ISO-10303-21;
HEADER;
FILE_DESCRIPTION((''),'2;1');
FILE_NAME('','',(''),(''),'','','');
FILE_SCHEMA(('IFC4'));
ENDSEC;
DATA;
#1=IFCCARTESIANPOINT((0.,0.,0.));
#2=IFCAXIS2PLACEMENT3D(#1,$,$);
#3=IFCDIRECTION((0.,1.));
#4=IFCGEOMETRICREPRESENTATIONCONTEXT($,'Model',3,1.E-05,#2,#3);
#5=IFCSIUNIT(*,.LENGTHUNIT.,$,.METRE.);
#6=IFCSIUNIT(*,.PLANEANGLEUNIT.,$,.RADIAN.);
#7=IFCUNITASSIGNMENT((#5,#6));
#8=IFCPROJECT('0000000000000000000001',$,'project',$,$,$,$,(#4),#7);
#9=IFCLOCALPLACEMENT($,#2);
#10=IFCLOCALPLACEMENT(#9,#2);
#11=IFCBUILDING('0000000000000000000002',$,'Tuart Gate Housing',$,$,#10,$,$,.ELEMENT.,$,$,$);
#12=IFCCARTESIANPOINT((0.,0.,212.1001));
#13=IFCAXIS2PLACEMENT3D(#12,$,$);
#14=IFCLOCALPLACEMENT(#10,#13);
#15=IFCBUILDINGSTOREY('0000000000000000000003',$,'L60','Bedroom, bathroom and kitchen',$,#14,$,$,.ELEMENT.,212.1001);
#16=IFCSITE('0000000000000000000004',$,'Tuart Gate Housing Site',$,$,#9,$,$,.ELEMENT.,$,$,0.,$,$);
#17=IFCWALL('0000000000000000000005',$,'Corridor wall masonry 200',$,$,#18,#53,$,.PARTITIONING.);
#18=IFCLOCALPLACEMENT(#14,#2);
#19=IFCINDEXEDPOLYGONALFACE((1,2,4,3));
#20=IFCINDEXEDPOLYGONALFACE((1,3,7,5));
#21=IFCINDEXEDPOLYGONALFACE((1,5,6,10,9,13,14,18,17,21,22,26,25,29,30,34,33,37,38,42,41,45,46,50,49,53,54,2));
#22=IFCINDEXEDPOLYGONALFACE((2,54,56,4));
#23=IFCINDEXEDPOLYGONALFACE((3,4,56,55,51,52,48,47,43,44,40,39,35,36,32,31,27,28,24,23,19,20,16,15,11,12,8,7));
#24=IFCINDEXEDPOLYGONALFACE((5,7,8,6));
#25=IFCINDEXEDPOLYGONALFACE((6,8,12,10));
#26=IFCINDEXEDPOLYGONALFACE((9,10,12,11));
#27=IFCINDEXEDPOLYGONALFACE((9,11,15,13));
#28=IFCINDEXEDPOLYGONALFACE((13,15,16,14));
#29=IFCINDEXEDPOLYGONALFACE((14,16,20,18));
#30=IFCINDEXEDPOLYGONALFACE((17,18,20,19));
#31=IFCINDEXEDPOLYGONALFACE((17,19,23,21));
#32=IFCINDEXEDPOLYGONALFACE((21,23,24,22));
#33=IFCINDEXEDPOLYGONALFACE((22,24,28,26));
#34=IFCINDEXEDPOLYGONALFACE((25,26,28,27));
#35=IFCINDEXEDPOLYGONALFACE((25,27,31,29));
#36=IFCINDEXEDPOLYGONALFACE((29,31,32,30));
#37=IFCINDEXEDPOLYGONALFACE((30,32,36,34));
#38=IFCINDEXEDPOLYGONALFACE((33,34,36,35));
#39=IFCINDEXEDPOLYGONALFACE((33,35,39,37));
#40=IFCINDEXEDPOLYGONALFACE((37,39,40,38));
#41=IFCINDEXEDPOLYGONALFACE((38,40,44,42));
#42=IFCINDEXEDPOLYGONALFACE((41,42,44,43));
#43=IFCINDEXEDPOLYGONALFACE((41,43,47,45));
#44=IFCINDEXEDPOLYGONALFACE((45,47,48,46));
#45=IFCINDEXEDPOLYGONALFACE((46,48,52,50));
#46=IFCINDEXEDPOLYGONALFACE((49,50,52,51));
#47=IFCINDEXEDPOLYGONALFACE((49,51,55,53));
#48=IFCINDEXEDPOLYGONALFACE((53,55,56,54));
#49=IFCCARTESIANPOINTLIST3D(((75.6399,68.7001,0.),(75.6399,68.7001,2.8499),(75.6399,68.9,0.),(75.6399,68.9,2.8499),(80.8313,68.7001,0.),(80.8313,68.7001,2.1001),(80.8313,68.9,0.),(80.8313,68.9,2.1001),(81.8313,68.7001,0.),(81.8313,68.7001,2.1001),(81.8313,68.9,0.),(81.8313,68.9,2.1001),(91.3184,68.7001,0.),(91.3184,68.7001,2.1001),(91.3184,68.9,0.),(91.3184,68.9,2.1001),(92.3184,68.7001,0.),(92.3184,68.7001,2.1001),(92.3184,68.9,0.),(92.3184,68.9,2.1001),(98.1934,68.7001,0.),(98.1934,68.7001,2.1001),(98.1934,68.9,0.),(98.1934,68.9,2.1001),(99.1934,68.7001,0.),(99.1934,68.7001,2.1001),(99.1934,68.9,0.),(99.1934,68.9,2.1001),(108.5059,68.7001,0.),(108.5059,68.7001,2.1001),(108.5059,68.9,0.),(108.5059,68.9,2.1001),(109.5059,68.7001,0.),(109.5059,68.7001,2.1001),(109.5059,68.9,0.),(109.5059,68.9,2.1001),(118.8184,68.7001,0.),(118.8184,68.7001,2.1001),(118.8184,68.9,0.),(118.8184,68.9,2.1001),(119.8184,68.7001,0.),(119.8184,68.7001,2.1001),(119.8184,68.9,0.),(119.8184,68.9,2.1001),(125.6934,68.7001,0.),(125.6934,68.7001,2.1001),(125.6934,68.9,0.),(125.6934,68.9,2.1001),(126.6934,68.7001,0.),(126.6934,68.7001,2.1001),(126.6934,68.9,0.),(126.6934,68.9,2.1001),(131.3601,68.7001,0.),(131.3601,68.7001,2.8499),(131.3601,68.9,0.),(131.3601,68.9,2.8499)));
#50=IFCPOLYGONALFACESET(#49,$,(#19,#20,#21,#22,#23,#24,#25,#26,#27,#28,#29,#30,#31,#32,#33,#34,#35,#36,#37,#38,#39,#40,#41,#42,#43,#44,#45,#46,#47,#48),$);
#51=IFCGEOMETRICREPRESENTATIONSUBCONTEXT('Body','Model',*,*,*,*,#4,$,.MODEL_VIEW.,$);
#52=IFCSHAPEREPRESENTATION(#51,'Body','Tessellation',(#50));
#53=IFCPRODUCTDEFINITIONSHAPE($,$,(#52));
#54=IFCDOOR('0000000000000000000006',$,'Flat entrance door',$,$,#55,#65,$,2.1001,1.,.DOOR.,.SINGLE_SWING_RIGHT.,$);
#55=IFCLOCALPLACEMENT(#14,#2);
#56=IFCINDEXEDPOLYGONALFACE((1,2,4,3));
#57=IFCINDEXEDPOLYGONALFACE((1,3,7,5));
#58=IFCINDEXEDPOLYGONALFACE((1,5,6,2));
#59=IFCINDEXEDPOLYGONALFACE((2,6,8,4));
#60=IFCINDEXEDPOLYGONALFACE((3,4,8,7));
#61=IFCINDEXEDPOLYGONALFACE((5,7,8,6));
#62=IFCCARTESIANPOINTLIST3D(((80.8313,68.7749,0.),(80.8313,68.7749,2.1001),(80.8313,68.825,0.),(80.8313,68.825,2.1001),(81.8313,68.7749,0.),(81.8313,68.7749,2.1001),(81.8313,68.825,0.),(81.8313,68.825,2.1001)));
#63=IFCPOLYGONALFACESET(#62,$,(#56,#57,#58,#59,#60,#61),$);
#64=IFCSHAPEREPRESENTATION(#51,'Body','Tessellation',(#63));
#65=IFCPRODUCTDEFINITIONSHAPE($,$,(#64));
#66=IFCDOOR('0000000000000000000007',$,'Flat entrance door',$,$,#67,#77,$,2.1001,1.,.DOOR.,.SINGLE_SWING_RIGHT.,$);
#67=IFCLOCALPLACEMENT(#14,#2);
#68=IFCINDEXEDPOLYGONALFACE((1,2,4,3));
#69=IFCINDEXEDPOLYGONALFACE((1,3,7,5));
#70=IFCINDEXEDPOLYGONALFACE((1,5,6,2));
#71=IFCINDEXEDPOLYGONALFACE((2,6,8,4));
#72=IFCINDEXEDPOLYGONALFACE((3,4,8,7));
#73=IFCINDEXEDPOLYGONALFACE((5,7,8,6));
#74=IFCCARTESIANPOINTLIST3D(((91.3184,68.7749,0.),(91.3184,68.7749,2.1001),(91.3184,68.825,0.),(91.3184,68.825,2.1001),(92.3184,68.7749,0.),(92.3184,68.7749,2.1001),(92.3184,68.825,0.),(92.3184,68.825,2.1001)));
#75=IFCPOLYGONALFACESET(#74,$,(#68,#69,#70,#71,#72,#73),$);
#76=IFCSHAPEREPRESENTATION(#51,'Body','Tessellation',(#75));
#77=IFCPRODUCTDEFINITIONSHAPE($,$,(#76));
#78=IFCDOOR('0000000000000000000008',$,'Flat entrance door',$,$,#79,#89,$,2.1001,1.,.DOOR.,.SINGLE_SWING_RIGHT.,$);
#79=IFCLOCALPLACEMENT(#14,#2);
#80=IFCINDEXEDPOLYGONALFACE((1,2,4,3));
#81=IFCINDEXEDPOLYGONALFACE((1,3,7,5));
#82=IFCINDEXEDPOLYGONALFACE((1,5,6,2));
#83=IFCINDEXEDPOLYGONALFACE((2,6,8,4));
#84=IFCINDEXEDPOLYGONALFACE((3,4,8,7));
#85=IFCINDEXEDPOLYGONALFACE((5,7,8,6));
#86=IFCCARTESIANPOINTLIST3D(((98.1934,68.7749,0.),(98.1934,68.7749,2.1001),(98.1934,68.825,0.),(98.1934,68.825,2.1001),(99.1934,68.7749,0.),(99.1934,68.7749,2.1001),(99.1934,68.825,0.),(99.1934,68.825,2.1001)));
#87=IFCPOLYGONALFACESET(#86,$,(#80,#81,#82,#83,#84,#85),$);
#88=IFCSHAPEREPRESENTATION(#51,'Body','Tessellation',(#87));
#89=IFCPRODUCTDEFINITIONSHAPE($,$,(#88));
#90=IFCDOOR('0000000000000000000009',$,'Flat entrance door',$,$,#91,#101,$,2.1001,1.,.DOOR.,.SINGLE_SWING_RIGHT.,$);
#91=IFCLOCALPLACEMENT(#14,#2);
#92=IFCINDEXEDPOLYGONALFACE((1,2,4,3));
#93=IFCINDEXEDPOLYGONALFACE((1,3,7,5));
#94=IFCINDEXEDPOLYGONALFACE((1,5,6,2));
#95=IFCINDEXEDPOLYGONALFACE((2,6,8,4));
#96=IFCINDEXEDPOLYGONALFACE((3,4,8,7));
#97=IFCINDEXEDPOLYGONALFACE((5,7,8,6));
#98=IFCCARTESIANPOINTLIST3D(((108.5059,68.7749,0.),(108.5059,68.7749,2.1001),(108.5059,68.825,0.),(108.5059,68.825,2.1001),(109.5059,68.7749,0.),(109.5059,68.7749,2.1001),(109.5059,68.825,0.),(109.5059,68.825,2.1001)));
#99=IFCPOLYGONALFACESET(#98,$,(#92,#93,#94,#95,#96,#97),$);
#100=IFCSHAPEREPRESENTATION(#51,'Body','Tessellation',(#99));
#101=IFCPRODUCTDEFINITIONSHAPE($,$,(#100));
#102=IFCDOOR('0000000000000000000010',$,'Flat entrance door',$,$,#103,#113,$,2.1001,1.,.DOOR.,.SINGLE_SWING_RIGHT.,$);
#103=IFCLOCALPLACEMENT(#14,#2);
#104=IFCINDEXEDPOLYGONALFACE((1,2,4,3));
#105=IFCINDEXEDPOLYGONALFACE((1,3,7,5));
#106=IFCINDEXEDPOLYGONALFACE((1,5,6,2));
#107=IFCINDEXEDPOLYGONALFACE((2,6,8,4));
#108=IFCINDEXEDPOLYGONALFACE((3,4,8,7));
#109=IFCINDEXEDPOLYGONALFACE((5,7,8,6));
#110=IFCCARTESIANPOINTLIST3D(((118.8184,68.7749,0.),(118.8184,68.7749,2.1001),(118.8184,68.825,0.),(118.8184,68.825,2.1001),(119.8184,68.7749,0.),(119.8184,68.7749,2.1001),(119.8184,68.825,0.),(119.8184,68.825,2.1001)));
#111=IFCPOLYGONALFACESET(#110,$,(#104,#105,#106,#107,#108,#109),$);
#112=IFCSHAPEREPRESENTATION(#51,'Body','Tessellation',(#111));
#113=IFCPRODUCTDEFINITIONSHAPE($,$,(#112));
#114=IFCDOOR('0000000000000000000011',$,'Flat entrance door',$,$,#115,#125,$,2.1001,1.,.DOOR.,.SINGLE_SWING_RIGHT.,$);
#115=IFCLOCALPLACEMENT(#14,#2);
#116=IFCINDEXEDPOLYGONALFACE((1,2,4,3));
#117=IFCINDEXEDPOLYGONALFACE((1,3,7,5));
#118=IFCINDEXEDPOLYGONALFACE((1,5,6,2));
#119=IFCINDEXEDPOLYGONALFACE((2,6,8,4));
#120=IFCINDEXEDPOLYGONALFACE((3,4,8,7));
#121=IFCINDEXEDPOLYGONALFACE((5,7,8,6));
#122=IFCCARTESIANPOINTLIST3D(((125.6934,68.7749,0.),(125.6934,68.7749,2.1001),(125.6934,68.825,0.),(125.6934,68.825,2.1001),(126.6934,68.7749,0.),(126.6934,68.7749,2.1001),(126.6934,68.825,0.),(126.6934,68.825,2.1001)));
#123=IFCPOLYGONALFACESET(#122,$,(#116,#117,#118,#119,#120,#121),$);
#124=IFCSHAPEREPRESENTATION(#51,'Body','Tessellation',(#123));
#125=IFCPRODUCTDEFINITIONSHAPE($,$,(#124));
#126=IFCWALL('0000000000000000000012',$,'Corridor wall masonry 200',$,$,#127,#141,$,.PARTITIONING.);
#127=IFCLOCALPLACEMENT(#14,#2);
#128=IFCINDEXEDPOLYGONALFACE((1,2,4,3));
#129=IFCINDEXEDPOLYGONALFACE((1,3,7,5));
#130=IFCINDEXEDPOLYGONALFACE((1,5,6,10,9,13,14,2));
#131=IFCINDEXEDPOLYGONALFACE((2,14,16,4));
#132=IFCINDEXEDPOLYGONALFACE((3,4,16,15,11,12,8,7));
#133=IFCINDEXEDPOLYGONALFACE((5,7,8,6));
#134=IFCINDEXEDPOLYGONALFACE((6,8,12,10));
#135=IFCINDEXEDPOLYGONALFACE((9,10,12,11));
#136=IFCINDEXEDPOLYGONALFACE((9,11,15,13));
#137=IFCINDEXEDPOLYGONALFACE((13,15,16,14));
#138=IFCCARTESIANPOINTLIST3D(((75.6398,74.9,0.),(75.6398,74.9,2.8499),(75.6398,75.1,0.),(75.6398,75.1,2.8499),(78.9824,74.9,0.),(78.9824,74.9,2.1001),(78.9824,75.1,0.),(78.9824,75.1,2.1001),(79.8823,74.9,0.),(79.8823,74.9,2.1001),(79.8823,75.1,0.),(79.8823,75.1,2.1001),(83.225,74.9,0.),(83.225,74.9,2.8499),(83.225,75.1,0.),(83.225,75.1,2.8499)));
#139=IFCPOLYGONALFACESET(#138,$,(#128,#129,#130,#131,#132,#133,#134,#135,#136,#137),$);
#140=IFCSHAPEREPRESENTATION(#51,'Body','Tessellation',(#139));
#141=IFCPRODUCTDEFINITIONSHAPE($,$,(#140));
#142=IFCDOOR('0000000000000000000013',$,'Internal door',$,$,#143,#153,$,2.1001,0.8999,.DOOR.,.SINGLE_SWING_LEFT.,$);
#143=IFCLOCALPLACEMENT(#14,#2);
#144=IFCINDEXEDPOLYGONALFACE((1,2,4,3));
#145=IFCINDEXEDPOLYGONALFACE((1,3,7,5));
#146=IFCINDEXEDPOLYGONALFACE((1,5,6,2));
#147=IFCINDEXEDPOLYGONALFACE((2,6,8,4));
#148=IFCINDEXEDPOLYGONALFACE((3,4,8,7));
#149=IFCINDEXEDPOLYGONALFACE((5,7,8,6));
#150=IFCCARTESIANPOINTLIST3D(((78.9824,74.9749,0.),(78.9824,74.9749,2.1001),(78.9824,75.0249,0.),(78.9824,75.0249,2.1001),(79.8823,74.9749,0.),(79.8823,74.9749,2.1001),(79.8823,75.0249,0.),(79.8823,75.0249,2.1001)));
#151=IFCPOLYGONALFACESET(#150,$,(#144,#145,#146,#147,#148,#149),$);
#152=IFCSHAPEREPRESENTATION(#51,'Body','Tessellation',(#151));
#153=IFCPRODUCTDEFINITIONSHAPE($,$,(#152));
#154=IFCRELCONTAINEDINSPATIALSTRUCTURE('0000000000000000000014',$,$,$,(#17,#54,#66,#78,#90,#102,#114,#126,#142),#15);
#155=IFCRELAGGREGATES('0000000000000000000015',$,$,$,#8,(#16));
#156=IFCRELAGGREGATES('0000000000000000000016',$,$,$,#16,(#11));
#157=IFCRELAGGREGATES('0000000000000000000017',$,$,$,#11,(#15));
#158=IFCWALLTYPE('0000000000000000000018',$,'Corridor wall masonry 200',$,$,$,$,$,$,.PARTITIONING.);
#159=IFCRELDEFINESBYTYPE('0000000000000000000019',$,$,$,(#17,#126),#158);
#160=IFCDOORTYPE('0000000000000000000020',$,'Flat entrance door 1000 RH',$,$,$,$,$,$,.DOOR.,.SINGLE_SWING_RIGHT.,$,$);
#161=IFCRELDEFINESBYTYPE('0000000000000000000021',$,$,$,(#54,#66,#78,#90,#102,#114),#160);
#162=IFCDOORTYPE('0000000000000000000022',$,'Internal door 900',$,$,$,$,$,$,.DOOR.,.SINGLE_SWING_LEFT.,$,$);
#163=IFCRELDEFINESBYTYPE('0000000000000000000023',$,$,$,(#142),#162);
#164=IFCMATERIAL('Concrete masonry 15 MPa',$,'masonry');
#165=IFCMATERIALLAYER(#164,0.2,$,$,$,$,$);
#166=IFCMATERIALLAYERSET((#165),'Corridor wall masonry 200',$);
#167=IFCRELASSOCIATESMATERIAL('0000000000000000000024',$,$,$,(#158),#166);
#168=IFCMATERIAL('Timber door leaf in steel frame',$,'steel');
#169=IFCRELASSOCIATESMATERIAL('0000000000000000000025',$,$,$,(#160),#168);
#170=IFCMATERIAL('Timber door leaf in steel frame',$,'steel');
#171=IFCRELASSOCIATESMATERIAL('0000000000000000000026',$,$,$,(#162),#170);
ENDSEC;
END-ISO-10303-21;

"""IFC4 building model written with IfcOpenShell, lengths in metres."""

from ifc_helpers import new_model, si_unit, direction, frame, frame_2d, origin, place, context, subcontext, project, spatial, rectangle, extrude, material, layer, layer_set, type_object, element, fill, save


model = new_model("IFC4")

# Units and contexts
model_context = context("Model", 3, precision=1e-05, world=origin(), true_north=direction((0.0, 1.0)))
body_context = subcontext(model_context, "Body", "Model", "MODEL_VIEW")
ifc_project = project(units=[si_unit("LENGTHUNIT", "METRE"), si_unit("PLANEANGLEUNIT", "RADIAN")], contexts=[model_context])

# Site, building, storey
site_placement = place(None, origin())
site = spatial("IfcSite", under=ifc_project, at=site_placement, Name="Tuart Gate Housing Site", CompositionType="ELEMENT", RefElevation=0.0)
building_placement = place(site_placement, origin())
building = spatial("IfcBuilding", under=site, at=building_placement, Name="Tuart Gate Housing", CompositionType="ELEMENT")
storey_placement = place(building_placement, frame((0.0, 0.0, 212.1001)))
storey = spatial("IfcBuildingStorey", under=building, at=storey_placement, Name="L60", Description="Bedroom, bathroom and kitchen", CompositionType="ELEMENT", Elevation=212.1001)

# Wall, openings, doors
ifc_material_1 = material(Name="Concrete masonry 15 MPa", Category="masonry")
ifc_layer_1 = layer(ifc_material_1, 0.2)
ifc_layer_set_1 = layer_set([ifc_layer_1], Name="Corridor wall masonry 200")
wall_type_1 = type_object("IfcWallType", Name="Corridor wall masonry 200", PredefinedType="PARTITIONING", material=ifc_layer_set_1)
wall_1_placement = place(storey_placement, frame((75.6399, 68.8, 0.0), z_axis=(0.0, 0.0, 1.0), x_axis=(1.0, 0.0, 0.0)))
wall_1 = element("IfcWall", 1, at=wall_1_placement, inside=storey, type_object=wall_type_1, Name="Corridor wall masonry 200", PredefinedType="PARTITIONING", context=body_context, shape_type="SweptSolid", body=[
    extrude(rectangle(XDim=55.7202, YDim=0.2, at=frame_2d((27.8601, 0.0))), origin(), (0.0, 0.0, 1.0), 2.8499),
])
opening_1_placement = place(wall_1_placement, frame((5.1914, 0.0, 0.0)))
opening_1 = element("IfcOpeningElement", 2, at=opening_1_placement, cuts=wall_1, PredefinedType="OPENING", context=body_context, shape_type="SweptSolid", body=[
    extrude(rectangle(XDim=1.0, YDim=2.1001, at=frame_2d((0.5, 1.05))), frame((0.0, 0.1099, 0.0), z_axis=(0.0, -1.0, 0.0), x_axis=(1.0, 0.0, 0.0)), (0.0, 0.0, 1.0), 0.22),
])
opening_2_placement = place(wall_1_placement, frame((15.6785, 0.0, 0.0)))
opening_2 = element("IfcOpeningElement", 3, at=opening_2_placement, cuts=wall_1, PredefinedType="OPENING", context=body_context, shape_type="SweptSolid", body=[
    extrude(rectangle(XDim=1.0, YDim=2.1001, at=frame_2d((0.5, 1.05))), frame((0.0, 0.1099, 0.0), z_axis=(0.0, -1.0, 0.0), x_axis=(1.0, 0.0, 0.0)), (0.0, 0.0, 1.0), 0.22),
])
opening_3_placement = place(wall_1_placement, frame((22.5535, 0.0, 0.0)))
opening_3 = element("IfcOpeningElement", 4, at=opening_3_placement, cuts=wall_1, PredefinedType="OPENING", context=body_context, shape_type="SweptSolid", body=[
    extrude(rectangle(XDim=1.0, YDim=2.1001, at=frame_2d((0.5, 1.05))), frame((0.0, 0.1099, 0.0), z_axis=(0.0, -1.0, 0.0), x_axis=(1.0, 0.0, 0.0)), (0.0, 0.0, 1.0), 0.22),
])
opening_4_placement = place(wall_1_placement, frame((32.866, 0.0, 0.0)))
opening_4 = element("IfcOpeningElement", 5, at=opening_4_placement, cuts=wall_1, PredefinedType="OPENING", context=body_context, shape_type="SweptSolid", body=[
    extrude(rectangle(XDim=1.0, YDim=2.1001, at=frame_2d((0.5, 1.05))), frame((0.0, 0.1099, 0.0), z_axis=(0.0, -1.0, 0.0), x_axis=(1.0, 0.0, 0.0)), (0.0, 0.0, 1.0), 0.22),
])
opening_5_placement = place(wall_1_placement, frame((43.1785, 0.0, 0.0)))
opening_5 = element("IfcOpeningElement", 6, at=opening_5_placement, cuts=wall_1, PredefinedType="OPENING", context=body_context, shape_type="SweptSolid", body=[
    extrude(rectangle(XDim=1.0, YDim=2.1001, at=frame_2d((0.5, 1.05))), frame((0.0, 0.1099, 0.0), z_axis=(0.0, -1.0, 0.0), x_axis=(1.0, 0.0, 0.0)), (0.0, 0.0, 1.0), 0.22),
])
opening_6_placement = place(wall_1_placement, frame((50.0535, 0.0, 0.0)))
opening_6 = element("IfcOpeningElement", 7, at=opening_6_placement, cuts=wall_1, PredefinedType="OPENING", context=body_context, shape_type="SweptSolid", body=[
    extrude(rectangle(XDim=1.0, YDim=2.1001, at=frame_2d((0.5, 1.05))), frame((0.0, 0.1099, 0.0), z_axis=(0.0, -1.0, 0.0), x_axis=(1.0, 0.0, 0.0)), (0.0, 0.0, 1.0), 0.22),
])
ifc_material_2 = material(Name="Timber door leaf in steel frame", Category="steel")
door_type_1 = type_object("IfcDoorType", Name="Flat entrance door 1000 RH", OperationType="SINGLE_SWING_RIGHT", PredefinedType="DOOR", material=ifc_material_2)
door_1_placement = place(opening_1_placement, frame((1.0, 0.0, 0.0), z_axis=(0.0, 0.0, 1.0), x_axis=(-1.0, 0.0, 0.0)))
door_1 = element("IfcDoor", 8, at=door_1_placement, inside=storey, type_object=door_type_1, Name="Flat entrance door", OperationType="SINGLE_SWING_RIGHT", OverallHeight=2.1001, OverallWidth=1.0, PredefinedType="DOOR", context=body_context, shape_type="SweptSolid", body=[
    extrude(rectangle(XDim=1.0, YDim=2.1001, at=frame_2d((0.5, 1.05))), frame((0.0, 0.0251, 0.0), z_axis=(0.0, -1.0, 0.0), x_axis=(1.0, 0.0, 0.0)), (0.0, 0.0, 1.0), 0.05),
])
fill(opening_1, door_1)
door_2_placement = place(opening_2_placement, frame((1.0, 0.0, 0.0), z_axis=(0.0, 0.0, 1.0), x_axis=(-1.0, 0.0, 0.0)))
door_2 = element("IfcDoor", 9, at=door_2_placement, inside=storey, type_object=door_type_1, Name="Flat entrance door", OperationType="SINGLE_SWING_RIGHT", OverallHeight=2.1001, OverallWidth=1.0, PredefinedType="DOOR", context=body_context, shape_type="SweptSolid", body=[
    extrude(rectangle(XDim=1.0, YDim=2.1001, at=frame_2d((0.5, 1.05))), frame((0.0, 0.0251, 0.0), z_axis=(0.0, -1.0, 0.0), x_axis=(1.0, 0.0, 0.0)), (0.0, 0.0, 1.0), 0.05),
])
fill(opening_2, door_2)
door_3_placement = place(opening_3_placement, frame((1.0, 0.0, 0.0), z_axis=(0.0, 0.0, 1.0), x_axis=(-1.0, 0.0, 0.0)))
door_3 = element("IfcDoor", 10, at=door_3_placement, inside=storey, type_object=door_type_1, Name="Flat entrance door", OperationType="SINGLE_SWING_RIGHT", OverallHeight=2.1001, OverallWidth=1.0, PredefinedType="DOOR", context=body_context, shape_type="SweptSolid", body=[
    extrude(rectangle(XDim=1.0, YDim=2.1001, at=frame_2d((0.5, 1.05))), frame((0.0, 0.0251, 0.0), z_axis=(0.0, -1.0, 0.0), x_axis=(1.0, 0.0, 0.0)), (0.0, 0.0, 1.0), 0.05),
])
fill(opening_3, door_3)
door_4_placement = place(opening_4_placement, frame((1.0, 0.0, 0.0), z_axis=(0.0, 0.0, 1.0), x_axis=(-1.0, 0.0, 0.0)))
door_4 = element("IfcDoor", 11, at=door_4_placement, inside=storey, type_object=door_type_1, Name="Flat entrance door", OperationType="SINGLE_SWING_RIGHT", OverallHeight=2.1001, OverallWidth=1.0, PredefinedType="DOOR", context=body_context, shape_type="SweptSolid", body=[
    extrude(rectangle(XDim=1.0, YDim=2.1001, at=frame_2d((0.5, 1.05))), frame((0.0, 0.0251, 0.0), z_axis=(0.0, -1.0, 0.0), x_axis=(1.0, 0.0, 0.0)), (0.0, 0.0, 1.0), 0.05),
])
fill(opening_4, door_4)
door_5_placement = place(opening_5_placement, frame((1.0, 0.0, 0.0), z_axis=(0.0, 0.0, 1.0), x_axis=(-1.0, 0.0, 0.0)))
door_5 = element("IfcDoor", 12, at=door_5_placement, inside=storey, type_object=door_type_1, Name="Flat entrance door", OperationType="SINGLE_SWING_RIGHT", OverallHeight=2.1001, OverallWidth=1.0, PredefinedType="DOOR", context=body_context, shape_type="SweptSolid", body=[
    extrude(rectangle(XDim=1.0, YDim=2.1001, at=frame_2d((0.5, 1.05))), frame((0.0, 0.0251, 0.0), z_axis=(0.0, -1.0, 0.0), x_axis=(1.0, 0.0, 0.0)), (0.0, 0.0, 1.0), 0.05),
])
fill(opening_5, door_5)
door_6_placement = place(opening_6_placement, frame((1.0, 0.0, 0.0), z_axis=(0.0, 0.0, 1.0), x_axis=(-1.0, 0.0, 0.0)))
door_6 = element("IfcDoor", 13, at=door_6_placement, inside=storey, type_object=door_type_1, Name="Flat entrance door", OperationType="SINGLE_SWING_RIGHT", OverallHeight=2.1001, OverallWidth=1.0, PredefinedType="DOOR", context=body_context, shape_type="SweptSolid", body=[
    extrude(rectangle(XDim=1.0, YDim=2.1001, at=frame_2d((0.5, 1.05))), frame((0.0, 0.0251, 0.0), z_axis=(0.0, -1.0, 0.0), x_axis=(1.0, 0.0, 0.0)), (0.0, 0.0, 1.0), 0.05),
])
fill(opening_6, door_6)

# Wall, opening, door
wall_2_placement = place(storey_placement, frame((75.6399, 75.0, 0.0), z_axis=(0.0, 0.0, 1.0), x_axis=(1.0, 0.0, 0.0)))
wall_2 = element("IfcWall", 14, at=wall_2_placement, inside=storey, type_object=wall_type_1, Name="Corridor wall masonry 200", PredefinedType="PARTITIONING", context=body_context, shape_type="SweptSolid", body=[
    extrude(rectangle(XDim=7.5852, YDim=0.2, at=frame_2d((3.7925, 0.0))), origin(), (0.0, 0.0, 1.0), 2.8499),
])
opening_7_placement = place(wall_2_placement, frame((3.3425, 0.0, 0.0)))
opening_7 = element("IfcOpeningElement", 15, at=opening_7_placement, cuts=wall_2, PredefinedType="OPENING", context=body_context, shape_type="SweptSolid", body=[
    extrude(rectangle(XDim=0.8999, YDim=2.1001, at=frame_2d((0.45, 1.05))), frame((0.0, 0.1099, 0.0), z_axis=(0.0, -1.0, 0.0), x_axis=(1.0, 0.0, 0.0)), (0.0, 0.0, 1.0), 0.22),
])
ifc_material_3 = material(Name="Timber door leaf in steel frame", Category="steel")
door_type_2 = type_object("IfcDoorType", Name="Internal door 900", OperationType="SINGLE_SWING_LEFT", PredefinedType="DOOR", material=ifc_material_3)
door_7_placement = place(opening_7_placement, origin())
door_7 = element("IfcDoor", 16, at=door_7_placement, inside=storey, type_object=door_type_2, Name="Internal door", OperationType="SINGLE_SWING_LEFT", OverallHeight=2.1001, OverallWidth=0.8999, PredefinedType="DOOR", context=body_context, shape_type="SweptSolid", body=[
    extrude(rectangle(XDim=0.8999, YDim=2.1001, at=frame_2d((0.45, 1.05))), frame((0.0, 0.0249, 0.0), z_axis=(0.0, -1.0, 0.0), x_axis=(1.0, 0.0, 0.0)), (0.0, 0.0, 1.0), 0.05),
])
fill(opening_7, door_7)

save(model, "model.ifc")
